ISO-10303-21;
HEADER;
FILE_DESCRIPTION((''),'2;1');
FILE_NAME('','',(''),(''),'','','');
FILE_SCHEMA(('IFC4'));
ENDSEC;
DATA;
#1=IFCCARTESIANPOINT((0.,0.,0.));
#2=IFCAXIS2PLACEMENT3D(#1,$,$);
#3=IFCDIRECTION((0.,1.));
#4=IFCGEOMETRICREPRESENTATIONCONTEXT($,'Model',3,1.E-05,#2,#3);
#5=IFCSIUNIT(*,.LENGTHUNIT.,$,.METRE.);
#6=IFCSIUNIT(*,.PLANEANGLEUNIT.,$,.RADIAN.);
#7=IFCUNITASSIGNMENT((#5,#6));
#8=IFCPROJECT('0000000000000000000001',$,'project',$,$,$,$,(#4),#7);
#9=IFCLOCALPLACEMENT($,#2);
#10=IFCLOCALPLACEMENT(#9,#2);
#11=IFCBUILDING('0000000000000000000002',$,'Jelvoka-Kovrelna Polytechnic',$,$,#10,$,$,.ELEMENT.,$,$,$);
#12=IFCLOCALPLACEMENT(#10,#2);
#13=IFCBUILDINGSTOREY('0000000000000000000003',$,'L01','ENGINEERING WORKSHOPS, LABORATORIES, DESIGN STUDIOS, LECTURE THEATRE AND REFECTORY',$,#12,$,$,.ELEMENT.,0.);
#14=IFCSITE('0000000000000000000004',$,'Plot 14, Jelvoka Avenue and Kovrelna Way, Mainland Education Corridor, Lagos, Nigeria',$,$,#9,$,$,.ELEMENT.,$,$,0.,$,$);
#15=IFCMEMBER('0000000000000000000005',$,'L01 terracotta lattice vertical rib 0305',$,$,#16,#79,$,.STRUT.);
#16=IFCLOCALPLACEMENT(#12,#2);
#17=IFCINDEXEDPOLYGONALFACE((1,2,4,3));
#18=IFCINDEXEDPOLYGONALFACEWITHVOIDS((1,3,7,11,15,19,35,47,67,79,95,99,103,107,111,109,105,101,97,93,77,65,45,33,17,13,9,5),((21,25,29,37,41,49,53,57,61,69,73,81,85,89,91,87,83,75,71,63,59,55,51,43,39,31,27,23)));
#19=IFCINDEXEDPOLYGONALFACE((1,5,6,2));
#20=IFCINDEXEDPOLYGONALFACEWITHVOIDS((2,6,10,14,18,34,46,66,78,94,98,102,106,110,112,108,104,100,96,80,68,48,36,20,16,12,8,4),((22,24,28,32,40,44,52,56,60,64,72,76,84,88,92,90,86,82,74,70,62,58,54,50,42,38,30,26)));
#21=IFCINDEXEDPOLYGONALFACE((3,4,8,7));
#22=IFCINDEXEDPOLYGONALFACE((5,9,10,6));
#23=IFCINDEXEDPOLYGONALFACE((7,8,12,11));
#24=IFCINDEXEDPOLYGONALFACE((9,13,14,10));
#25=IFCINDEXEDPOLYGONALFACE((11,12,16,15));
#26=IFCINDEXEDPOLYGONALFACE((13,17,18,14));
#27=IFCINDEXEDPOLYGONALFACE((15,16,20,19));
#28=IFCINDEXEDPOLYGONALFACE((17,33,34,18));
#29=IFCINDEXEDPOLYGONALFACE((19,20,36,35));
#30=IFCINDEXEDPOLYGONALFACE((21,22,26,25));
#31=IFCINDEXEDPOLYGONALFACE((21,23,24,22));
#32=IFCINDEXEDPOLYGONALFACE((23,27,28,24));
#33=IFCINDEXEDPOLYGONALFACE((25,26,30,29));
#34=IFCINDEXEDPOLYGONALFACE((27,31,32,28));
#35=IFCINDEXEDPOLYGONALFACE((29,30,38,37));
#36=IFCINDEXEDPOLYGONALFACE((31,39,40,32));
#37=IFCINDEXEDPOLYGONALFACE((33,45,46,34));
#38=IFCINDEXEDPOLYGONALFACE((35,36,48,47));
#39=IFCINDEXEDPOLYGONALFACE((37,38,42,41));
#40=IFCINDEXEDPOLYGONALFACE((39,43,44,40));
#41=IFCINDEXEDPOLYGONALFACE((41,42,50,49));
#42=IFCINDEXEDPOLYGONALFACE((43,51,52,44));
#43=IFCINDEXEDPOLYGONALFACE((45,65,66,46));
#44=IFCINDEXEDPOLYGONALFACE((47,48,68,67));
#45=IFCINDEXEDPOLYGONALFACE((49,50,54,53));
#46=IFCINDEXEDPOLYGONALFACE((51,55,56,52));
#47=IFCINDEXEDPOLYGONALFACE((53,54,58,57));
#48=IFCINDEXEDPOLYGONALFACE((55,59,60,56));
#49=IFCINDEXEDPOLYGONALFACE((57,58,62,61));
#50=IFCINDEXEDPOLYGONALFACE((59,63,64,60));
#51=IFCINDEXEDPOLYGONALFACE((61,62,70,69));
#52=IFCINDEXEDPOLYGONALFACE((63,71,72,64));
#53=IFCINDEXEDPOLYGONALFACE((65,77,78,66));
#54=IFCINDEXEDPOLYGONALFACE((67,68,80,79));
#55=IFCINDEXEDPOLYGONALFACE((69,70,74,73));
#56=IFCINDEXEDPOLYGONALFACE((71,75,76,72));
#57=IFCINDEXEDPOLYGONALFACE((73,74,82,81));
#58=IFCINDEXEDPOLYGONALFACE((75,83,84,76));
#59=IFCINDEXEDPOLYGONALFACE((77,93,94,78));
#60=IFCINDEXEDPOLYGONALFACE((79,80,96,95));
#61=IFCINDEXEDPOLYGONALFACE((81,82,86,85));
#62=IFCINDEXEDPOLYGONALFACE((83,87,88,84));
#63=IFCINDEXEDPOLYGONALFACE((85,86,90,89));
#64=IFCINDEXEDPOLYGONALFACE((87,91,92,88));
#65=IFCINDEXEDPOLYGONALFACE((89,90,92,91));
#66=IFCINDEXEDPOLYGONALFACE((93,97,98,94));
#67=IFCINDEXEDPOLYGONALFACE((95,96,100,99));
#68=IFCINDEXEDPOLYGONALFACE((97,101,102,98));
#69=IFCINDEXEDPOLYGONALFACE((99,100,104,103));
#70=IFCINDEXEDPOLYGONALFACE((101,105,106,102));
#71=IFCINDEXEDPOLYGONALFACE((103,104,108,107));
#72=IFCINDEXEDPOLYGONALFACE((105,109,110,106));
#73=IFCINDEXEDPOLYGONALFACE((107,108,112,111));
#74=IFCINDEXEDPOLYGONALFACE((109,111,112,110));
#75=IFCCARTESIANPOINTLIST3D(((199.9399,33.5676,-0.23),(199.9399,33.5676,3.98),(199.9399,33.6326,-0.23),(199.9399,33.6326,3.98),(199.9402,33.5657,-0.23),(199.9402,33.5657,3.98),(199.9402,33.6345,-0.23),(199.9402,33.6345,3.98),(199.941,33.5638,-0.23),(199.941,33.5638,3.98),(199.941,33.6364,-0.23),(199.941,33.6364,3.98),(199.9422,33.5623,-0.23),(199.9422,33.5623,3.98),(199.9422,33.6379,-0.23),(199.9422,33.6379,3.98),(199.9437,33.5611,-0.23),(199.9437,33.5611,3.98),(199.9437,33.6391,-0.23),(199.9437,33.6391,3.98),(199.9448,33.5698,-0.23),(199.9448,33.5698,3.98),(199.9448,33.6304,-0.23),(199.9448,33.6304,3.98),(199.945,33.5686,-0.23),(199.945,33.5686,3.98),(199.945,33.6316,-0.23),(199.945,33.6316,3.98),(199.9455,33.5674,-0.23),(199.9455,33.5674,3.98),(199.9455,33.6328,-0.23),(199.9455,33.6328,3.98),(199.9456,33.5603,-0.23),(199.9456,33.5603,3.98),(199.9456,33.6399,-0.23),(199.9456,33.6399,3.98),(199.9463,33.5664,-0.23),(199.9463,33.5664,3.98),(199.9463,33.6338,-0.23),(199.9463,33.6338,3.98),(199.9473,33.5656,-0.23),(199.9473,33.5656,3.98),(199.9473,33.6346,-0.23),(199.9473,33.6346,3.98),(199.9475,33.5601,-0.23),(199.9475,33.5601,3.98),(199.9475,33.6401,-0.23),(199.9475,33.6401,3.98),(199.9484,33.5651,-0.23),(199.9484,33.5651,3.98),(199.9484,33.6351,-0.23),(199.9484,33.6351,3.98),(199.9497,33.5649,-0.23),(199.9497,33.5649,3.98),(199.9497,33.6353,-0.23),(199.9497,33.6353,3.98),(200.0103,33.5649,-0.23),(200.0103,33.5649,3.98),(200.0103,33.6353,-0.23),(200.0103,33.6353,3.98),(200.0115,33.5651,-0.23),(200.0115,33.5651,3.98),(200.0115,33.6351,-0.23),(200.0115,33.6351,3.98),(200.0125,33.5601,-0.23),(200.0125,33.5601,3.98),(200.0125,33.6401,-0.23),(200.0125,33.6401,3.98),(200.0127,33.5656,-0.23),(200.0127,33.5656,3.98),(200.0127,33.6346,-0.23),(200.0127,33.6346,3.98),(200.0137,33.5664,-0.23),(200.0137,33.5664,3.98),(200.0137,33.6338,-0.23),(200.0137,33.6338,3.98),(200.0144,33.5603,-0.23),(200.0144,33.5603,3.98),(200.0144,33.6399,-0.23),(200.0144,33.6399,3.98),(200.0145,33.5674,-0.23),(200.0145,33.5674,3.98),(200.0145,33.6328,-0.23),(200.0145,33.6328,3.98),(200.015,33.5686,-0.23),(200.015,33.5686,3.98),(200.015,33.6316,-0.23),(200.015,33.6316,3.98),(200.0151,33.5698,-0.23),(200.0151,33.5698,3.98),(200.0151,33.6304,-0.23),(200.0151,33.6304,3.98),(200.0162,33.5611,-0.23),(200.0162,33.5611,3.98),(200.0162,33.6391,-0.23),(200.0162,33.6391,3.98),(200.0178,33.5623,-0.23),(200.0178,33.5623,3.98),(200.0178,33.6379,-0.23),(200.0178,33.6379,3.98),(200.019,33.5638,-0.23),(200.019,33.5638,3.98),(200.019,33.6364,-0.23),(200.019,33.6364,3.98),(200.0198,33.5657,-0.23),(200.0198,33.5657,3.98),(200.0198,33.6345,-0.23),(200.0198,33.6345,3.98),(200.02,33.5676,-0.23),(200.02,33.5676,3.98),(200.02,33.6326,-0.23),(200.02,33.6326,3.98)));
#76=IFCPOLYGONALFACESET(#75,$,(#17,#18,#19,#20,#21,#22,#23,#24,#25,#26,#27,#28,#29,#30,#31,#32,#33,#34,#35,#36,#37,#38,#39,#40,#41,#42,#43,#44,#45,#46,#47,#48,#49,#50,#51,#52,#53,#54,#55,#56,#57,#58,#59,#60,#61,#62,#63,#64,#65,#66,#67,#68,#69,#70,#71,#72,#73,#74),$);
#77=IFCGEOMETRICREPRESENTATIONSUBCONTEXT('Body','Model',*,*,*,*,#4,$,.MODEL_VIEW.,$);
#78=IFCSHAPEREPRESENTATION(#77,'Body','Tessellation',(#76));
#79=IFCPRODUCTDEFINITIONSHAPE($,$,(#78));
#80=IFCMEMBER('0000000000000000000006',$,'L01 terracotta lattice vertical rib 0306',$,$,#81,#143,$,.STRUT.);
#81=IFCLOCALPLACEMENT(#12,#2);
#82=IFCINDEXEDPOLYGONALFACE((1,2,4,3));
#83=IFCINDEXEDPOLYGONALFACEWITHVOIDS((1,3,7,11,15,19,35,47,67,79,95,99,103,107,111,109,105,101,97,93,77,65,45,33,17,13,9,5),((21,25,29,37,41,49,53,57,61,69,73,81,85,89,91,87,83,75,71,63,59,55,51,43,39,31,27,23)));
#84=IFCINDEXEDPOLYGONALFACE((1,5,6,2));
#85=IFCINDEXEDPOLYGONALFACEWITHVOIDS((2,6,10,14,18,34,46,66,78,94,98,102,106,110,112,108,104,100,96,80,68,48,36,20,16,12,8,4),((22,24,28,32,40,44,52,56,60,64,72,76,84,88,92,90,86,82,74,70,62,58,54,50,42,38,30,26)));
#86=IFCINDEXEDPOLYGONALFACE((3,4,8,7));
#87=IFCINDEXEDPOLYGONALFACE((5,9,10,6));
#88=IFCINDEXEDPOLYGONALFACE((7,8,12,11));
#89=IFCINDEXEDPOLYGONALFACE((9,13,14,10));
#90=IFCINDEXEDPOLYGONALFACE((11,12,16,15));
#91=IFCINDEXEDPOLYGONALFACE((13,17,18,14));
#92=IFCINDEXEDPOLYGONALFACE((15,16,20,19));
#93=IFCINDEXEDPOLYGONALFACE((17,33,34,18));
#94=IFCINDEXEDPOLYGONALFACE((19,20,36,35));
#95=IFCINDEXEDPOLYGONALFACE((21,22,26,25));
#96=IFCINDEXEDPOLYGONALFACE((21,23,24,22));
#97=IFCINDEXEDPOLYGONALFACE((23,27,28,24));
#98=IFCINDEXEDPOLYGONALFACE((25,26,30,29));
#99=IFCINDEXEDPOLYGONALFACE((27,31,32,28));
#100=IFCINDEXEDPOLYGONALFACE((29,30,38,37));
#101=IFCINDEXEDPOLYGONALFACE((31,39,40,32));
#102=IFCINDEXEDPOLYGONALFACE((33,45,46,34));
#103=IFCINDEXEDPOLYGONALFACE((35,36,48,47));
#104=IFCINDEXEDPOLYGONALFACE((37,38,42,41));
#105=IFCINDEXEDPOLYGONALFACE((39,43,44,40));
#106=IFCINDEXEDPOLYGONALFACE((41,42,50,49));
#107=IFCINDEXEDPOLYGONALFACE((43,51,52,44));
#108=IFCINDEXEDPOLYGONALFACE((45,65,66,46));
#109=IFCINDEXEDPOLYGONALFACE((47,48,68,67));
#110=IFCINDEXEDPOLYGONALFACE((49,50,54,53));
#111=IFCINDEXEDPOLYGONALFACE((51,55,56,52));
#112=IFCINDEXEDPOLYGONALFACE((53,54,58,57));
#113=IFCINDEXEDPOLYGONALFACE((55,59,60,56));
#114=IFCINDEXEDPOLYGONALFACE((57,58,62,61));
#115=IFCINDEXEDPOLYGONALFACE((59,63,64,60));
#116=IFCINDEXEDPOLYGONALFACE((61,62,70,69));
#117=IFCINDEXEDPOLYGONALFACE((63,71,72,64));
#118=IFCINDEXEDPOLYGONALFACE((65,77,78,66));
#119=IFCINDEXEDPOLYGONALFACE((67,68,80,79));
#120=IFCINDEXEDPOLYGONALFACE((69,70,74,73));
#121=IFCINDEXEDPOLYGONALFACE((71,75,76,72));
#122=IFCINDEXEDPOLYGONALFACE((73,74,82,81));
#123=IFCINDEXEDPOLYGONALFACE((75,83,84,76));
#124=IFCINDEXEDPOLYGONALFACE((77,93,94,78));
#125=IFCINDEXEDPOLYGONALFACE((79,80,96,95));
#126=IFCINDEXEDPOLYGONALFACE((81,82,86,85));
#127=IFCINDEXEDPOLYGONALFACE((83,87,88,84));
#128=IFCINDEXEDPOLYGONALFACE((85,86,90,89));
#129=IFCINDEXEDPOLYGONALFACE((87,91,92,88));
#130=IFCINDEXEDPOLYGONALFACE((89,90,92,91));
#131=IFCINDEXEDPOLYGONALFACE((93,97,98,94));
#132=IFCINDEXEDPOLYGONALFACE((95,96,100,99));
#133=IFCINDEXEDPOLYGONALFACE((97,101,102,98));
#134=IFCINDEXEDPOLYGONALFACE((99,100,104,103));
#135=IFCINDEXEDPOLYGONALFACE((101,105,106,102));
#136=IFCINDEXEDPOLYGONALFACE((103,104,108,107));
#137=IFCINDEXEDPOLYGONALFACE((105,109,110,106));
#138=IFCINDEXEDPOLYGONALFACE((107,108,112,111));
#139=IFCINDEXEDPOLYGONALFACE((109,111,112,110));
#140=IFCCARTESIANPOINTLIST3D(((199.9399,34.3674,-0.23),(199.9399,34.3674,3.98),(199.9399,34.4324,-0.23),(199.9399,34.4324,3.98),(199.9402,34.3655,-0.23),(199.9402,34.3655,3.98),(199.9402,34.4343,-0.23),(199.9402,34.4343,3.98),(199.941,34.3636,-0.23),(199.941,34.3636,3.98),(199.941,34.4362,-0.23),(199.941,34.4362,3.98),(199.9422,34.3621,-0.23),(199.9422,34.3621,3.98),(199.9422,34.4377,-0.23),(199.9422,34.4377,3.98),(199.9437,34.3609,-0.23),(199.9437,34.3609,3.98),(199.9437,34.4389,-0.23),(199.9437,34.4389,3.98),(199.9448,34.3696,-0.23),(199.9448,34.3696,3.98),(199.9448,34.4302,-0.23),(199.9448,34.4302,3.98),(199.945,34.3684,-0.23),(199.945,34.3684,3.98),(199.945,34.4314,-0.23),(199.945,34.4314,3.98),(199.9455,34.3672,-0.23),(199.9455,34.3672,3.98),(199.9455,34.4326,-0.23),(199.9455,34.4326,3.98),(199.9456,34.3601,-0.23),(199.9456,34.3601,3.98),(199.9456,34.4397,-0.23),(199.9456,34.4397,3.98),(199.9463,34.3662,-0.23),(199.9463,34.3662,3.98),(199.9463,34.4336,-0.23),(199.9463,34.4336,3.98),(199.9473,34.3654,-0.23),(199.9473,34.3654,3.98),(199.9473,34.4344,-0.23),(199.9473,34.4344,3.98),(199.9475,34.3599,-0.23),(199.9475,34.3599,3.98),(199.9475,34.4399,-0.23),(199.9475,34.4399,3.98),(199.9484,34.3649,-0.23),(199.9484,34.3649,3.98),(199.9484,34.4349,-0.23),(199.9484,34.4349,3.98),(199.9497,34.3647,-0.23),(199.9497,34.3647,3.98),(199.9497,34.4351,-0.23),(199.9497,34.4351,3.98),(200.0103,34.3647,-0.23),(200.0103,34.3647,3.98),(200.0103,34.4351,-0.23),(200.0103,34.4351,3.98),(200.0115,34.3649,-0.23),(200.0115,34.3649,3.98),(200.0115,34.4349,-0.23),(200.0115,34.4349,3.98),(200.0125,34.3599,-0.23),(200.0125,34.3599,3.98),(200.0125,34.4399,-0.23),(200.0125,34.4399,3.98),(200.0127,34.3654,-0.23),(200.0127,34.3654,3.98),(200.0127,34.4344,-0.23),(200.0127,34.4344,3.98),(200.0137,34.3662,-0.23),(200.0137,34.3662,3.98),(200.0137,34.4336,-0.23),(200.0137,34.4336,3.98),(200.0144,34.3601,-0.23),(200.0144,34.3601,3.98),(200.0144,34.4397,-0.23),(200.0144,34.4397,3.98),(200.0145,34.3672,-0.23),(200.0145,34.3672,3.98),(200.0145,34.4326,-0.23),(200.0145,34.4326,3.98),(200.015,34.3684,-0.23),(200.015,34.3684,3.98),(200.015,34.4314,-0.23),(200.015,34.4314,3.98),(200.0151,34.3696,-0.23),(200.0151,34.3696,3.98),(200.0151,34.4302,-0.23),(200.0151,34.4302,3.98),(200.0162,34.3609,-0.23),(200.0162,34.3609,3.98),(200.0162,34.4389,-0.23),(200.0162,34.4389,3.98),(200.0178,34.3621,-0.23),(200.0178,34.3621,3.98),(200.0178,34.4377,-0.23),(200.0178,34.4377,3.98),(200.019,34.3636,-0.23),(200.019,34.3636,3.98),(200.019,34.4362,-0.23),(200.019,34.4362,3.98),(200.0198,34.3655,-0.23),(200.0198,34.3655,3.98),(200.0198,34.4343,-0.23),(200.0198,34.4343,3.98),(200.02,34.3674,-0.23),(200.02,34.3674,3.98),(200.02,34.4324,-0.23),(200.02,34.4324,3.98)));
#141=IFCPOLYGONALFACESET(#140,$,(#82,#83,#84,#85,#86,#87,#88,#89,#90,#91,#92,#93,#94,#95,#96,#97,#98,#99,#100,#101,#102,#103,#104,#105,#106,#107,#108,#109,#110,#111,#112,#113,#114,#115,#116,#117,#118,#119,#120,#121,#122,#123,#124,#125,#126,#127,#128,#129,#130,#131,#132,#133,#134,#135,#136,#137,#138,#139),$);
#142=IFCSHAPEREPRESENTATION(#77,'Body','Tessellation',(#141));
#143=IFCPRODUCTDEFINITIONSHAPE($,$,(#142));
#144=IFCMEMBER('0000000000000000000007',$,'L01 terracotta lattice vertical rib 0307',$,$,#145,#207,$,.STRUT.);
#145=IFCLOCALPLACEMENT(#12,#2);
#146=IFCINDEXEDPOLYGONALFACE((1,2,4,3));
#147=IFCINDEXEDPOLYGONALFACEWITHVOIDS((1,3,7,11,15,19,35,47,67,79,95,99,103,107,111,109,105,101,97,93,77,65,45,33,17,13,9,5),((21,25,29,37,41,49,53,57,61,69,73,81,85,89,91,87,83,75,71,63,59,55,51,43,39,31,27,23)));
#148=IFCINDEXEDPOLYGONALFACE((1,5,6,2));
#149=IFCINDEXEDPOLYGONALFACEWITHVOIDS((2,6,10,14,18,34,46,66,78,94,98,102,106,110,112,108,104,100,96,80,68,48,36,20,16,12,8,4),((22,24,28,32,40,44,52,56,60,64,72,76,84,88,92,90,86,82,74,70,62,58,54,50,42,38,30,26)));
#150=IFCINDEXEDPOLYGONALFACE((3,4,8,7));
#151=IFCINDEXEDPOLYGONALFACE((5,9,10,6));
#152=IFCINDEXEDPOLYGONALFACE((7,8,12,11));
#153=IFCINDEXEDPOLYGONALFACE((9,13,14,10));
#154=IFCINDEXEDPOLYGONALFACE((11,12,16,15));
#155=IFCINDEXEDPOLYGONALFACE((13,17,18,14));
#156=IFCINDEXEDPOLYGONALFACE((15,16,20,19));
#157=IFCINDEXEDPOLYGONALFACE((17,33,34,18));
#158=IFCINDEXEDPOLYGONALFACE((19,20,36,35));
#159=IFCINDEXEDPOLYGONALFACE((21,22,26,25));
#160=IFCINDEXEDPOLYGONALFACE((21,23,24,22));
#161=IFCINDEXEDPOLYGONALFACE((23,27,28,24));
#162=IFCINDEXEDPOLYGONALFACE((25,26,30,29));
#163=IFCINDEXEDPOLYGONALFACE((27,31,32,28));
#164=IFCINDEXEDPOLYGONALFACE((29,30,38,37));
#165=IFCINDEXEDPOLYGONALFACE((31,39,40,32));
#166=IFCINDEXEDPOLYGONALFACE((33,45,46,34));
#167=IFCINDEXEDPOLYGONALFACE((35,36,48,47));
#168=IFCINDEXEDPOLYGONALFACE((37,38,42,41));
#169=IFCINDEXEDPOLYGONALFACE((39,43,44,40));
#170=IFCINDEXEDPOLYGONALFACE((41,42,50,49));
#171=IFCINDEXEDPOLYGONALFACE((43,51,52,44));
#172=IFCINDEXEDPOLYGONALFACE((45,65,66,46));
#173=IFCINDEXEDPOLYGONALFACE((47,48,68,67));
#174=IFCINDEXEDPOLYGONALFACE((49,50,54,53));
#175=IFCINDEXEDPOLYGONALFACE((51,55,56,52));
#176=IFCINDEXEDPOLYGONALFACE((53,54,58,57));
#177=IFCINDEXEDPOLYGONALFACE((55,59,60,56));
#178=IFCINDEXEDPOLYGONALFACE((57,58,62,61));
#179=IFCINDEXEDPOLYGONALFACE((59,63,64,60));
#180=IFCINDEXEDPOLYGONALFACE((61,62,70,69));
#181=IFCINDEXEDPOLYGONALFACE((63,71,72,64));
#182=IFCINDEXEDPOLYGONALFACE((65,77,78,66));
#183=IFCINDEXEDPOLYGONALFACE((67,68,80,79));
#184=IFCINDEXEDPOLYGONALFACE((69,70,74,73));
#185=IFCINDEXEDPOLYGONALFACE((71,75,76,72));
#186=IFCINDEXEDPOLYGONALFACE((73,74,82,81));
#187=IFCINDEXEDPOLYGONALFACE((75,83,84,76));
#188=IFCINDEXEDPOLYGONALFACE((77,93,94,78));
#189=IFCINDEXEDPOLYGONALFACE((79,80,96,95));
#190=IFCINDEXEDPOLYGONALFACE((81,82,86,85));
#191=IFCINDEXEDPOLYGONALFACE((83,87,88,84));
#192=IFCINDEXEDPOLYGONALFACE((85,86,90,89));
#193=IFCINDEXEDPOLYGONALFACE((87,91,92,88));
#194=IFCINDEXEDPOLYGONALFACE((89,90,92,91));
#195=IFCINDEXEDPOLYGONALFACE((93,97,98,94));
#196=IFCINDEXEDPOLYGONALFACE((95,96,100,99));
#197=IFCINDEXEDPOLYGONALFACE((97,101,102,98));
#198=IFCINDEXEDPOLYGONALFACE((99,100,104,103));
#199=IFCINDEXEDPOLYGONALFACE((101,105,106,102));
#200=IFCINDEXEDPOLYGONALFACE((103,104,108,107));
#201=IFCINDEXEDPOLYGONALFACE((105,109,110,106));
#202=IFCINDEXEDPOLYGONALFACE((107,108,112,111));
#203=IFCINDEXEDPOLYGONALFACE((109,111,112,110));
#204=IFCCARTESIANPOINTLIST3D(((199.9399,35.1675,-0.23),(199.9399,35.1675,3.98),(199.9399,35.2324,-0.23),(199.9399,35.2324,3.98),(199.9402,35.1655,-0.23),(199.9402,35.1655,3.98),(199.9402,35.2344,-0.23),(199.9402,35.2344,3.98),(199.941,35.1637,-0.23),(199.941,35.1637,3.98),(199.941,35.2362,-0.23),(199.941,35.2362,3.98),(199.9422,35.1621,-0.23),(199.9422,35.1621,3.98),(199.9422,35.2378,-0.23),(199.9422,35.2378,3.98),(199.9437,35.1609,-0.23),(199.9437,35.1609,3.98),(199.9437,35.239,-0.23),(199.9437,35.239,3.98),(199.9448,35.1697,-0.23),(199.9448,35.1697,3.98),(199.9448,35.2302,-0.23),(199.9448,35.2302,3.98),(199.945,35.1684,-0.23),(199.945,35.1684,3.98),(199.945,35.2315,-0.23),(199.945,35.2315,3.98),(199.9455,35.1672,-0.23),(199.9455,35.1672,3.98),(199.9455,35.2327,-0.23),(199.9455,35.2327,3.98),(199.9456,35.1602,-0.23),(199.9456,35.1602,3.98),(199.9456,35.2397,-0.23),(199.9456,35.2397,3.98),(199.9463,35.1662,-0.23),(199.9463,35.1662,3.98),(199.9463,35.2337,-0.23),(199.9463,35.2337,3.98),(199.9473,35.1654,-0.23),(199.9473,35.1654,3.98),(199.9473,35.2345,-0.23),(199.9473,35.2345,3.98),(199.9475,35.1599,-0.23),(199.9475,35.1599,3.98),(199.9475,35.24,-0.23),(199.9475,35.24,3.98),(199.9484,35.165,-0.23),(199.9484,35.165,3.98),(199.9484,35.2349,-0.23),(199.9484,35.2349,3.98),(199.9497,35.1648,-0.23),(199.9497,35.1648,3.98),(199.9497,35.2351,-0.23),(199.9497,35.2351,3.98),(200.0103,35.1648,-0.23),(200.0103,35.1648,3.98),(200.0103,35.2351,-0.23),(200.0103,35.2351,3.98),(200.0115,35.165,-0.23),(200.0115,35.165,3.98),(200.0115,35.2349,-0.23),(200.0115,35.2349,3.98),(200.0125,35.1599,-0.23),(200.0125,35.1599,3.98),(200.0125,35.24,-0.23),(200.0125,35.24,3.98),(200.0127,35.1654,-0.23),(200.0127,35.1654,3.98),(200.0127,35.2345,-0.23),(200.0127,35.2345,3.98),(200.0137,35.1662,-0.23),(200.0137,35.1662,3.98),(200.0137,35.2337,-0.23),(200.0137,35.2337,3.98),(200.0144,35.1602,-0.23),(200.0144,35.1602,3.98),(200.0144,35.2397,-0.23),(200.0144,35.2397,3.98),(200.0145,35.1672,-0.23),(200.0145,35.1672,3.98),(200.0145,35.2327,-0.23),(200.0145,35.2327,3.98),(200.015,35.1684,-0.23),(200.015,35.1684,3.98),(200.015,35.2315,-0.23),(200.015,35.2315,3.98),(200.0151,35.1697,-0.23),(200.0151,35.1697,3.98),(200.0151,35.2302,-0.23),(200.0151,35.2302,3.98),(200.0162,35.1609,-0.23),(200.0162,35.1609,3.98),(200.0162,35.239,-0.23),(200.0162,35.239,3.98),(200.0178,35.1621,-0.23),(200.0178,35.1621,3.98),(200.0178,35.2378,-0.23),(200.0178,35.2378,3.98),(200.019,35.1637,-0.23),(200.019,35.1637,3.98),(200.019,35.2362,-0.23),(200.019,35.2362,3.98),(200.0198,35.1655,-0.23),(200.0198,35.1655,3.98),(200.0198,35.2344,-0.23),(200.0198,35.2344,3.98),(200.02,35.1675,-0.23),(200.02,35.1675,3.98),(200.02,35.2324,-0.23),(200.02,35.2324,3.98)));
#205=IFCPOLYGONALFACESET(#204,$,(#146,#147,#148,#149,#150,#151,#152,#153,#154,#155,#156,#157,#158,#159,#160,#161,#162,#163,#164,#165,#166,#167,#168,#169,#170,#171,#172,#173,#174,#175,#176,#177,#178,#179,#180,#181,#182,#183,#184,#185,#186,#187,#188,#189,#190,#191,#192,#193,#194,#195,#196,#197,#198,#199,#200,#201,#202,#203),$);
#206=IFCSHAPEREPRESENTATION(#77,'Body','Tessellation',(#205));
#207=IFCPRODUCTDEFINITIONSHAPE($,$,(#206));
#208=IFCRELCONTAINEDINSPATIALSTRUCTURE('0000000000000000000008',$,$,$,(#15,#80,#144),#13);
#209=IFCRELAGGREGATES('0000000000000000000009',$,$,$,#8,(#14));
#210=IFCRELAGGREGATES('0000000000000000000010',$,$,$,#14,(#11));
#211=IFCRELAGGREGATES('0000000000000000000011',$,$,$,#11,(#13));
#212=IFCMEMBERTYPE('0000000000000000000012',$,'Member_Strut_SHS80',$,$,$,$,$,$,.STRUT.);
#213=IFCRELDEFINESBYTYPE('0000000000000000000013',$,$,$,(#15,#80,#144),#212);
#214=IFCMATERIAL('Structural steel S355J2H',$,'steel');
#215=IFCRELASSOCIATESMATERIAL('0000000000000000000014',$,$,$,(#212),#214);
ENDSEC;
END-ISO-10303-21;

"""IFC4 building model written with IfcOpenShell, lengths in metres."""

from ifc_helpers import new_model, si_unit, direction, frame, origin, origin_2d, place, context, subcontext, project, spatial, hollow_rectangle, extrude, material, material_profile, profile_set, type_object, element, save


model = new_model("IFC4")

# Units and contexts
model_context = context("Model", 3, precision=1e-05, world=origin(), true_north=direction((0.0, 1.0)))
body_context = subcontext(model_context, "Body", "Model", "MODEL_VIEW")
ifc_project = project(units=[si_unit("LENGTHUNIT", "METRE"), si_unit("PLANEANGLEUNIT", "RADIAN")], contexts=[model_context])

# Site, building, storey
site_placement = place(None, origin())
site = spatial("IfcSite", under=ifc_project, at=site_placement, Name="Plot 14, Jelvoka Avenue and Kovrelna Way, Mainland Education Corridor, Lagos, Nigeria", CompositionType="ELEMENT", RefElevation=0.0)
building_placement = place(site_placement, origin())
building = spatial("IfcBuilding", under=site, at=building_placement, Name="Jelvoka-Kovrelna Polytechnic", CompositionType="ELEMENT")
storey_placement = place(building_placement, origin())
storey = spatial("IfcBuildingStorey", under=building, at=storey_placement, Name="L01", Description="ENGINEERING WORKSHOPS, LABORATORIES, DESIGN STUDIOS, LECTURE THEATRE AND REFECTORY", CompositionType="ELEMENT", Elevation=0.0)

# Members
ifc_material_1 = material(Name="Structural steel S355J2H", Category="steel")
ifc_material_profile_1 = material_profile(ifc_material_1, hollow_rectangle(XDim=0.0801, YDim=0.0801, WallThickness=0.0049, InnerFilletRadius=0.0049, OuterFilletRadius=0.0076, at=origin_2d()), Name="80x80x5.0 SHS")
ifc_profile_set_1 = profile_set([ifc_material_profile_1], Name="Structural steel S355J2H")
member_type_1 = type_object("IfcMemberType", Name="Member_Strut_SHS80", PredefinedType="STRUT", material=ifc_profile_set_1)
for number, where, z_axis, x_axis, name in (
    (1, (199.98, 33.6001, -0.23), (0.0, 0.0, 1.0), (1.0, 0.0, 0.0), "L01 terracotta lattice vertical rib 0305"),
    (2, (199.98, 34.3999, -0.23), (0.0, 0.0, 1.0), (1.0, 0.0, 0.0), "L01 terracotta lattice vertical rib 0306"),
    (3, (199.98, 35.2, -0.23), (0.0, 0.0, 1.0), (1.0, 0.0, 0.0), "L01 terracotta lattice vertical rib 0307"),
):
    element("IfcMember", number, at=place(storey_placement, frame(where, z_axis=z_axis, x_axis=x_axis)), inside=storey, type_object=member_type_1, Name=name, PredefinedType="STRUT", context=body_context, shape_type="SweptSolid", body=[
        extrude(hollow_rectangle(XDim=0.0801, YDim=0.0801, WallThickness=0.0049, InnerFilletRadius=0.0049, OuterFilletRadius=0.0076, at=origin_2d()), origin(), (0.0, 0.0, 1.0), 4.21),
    ])

save(model, "model.ifc")
